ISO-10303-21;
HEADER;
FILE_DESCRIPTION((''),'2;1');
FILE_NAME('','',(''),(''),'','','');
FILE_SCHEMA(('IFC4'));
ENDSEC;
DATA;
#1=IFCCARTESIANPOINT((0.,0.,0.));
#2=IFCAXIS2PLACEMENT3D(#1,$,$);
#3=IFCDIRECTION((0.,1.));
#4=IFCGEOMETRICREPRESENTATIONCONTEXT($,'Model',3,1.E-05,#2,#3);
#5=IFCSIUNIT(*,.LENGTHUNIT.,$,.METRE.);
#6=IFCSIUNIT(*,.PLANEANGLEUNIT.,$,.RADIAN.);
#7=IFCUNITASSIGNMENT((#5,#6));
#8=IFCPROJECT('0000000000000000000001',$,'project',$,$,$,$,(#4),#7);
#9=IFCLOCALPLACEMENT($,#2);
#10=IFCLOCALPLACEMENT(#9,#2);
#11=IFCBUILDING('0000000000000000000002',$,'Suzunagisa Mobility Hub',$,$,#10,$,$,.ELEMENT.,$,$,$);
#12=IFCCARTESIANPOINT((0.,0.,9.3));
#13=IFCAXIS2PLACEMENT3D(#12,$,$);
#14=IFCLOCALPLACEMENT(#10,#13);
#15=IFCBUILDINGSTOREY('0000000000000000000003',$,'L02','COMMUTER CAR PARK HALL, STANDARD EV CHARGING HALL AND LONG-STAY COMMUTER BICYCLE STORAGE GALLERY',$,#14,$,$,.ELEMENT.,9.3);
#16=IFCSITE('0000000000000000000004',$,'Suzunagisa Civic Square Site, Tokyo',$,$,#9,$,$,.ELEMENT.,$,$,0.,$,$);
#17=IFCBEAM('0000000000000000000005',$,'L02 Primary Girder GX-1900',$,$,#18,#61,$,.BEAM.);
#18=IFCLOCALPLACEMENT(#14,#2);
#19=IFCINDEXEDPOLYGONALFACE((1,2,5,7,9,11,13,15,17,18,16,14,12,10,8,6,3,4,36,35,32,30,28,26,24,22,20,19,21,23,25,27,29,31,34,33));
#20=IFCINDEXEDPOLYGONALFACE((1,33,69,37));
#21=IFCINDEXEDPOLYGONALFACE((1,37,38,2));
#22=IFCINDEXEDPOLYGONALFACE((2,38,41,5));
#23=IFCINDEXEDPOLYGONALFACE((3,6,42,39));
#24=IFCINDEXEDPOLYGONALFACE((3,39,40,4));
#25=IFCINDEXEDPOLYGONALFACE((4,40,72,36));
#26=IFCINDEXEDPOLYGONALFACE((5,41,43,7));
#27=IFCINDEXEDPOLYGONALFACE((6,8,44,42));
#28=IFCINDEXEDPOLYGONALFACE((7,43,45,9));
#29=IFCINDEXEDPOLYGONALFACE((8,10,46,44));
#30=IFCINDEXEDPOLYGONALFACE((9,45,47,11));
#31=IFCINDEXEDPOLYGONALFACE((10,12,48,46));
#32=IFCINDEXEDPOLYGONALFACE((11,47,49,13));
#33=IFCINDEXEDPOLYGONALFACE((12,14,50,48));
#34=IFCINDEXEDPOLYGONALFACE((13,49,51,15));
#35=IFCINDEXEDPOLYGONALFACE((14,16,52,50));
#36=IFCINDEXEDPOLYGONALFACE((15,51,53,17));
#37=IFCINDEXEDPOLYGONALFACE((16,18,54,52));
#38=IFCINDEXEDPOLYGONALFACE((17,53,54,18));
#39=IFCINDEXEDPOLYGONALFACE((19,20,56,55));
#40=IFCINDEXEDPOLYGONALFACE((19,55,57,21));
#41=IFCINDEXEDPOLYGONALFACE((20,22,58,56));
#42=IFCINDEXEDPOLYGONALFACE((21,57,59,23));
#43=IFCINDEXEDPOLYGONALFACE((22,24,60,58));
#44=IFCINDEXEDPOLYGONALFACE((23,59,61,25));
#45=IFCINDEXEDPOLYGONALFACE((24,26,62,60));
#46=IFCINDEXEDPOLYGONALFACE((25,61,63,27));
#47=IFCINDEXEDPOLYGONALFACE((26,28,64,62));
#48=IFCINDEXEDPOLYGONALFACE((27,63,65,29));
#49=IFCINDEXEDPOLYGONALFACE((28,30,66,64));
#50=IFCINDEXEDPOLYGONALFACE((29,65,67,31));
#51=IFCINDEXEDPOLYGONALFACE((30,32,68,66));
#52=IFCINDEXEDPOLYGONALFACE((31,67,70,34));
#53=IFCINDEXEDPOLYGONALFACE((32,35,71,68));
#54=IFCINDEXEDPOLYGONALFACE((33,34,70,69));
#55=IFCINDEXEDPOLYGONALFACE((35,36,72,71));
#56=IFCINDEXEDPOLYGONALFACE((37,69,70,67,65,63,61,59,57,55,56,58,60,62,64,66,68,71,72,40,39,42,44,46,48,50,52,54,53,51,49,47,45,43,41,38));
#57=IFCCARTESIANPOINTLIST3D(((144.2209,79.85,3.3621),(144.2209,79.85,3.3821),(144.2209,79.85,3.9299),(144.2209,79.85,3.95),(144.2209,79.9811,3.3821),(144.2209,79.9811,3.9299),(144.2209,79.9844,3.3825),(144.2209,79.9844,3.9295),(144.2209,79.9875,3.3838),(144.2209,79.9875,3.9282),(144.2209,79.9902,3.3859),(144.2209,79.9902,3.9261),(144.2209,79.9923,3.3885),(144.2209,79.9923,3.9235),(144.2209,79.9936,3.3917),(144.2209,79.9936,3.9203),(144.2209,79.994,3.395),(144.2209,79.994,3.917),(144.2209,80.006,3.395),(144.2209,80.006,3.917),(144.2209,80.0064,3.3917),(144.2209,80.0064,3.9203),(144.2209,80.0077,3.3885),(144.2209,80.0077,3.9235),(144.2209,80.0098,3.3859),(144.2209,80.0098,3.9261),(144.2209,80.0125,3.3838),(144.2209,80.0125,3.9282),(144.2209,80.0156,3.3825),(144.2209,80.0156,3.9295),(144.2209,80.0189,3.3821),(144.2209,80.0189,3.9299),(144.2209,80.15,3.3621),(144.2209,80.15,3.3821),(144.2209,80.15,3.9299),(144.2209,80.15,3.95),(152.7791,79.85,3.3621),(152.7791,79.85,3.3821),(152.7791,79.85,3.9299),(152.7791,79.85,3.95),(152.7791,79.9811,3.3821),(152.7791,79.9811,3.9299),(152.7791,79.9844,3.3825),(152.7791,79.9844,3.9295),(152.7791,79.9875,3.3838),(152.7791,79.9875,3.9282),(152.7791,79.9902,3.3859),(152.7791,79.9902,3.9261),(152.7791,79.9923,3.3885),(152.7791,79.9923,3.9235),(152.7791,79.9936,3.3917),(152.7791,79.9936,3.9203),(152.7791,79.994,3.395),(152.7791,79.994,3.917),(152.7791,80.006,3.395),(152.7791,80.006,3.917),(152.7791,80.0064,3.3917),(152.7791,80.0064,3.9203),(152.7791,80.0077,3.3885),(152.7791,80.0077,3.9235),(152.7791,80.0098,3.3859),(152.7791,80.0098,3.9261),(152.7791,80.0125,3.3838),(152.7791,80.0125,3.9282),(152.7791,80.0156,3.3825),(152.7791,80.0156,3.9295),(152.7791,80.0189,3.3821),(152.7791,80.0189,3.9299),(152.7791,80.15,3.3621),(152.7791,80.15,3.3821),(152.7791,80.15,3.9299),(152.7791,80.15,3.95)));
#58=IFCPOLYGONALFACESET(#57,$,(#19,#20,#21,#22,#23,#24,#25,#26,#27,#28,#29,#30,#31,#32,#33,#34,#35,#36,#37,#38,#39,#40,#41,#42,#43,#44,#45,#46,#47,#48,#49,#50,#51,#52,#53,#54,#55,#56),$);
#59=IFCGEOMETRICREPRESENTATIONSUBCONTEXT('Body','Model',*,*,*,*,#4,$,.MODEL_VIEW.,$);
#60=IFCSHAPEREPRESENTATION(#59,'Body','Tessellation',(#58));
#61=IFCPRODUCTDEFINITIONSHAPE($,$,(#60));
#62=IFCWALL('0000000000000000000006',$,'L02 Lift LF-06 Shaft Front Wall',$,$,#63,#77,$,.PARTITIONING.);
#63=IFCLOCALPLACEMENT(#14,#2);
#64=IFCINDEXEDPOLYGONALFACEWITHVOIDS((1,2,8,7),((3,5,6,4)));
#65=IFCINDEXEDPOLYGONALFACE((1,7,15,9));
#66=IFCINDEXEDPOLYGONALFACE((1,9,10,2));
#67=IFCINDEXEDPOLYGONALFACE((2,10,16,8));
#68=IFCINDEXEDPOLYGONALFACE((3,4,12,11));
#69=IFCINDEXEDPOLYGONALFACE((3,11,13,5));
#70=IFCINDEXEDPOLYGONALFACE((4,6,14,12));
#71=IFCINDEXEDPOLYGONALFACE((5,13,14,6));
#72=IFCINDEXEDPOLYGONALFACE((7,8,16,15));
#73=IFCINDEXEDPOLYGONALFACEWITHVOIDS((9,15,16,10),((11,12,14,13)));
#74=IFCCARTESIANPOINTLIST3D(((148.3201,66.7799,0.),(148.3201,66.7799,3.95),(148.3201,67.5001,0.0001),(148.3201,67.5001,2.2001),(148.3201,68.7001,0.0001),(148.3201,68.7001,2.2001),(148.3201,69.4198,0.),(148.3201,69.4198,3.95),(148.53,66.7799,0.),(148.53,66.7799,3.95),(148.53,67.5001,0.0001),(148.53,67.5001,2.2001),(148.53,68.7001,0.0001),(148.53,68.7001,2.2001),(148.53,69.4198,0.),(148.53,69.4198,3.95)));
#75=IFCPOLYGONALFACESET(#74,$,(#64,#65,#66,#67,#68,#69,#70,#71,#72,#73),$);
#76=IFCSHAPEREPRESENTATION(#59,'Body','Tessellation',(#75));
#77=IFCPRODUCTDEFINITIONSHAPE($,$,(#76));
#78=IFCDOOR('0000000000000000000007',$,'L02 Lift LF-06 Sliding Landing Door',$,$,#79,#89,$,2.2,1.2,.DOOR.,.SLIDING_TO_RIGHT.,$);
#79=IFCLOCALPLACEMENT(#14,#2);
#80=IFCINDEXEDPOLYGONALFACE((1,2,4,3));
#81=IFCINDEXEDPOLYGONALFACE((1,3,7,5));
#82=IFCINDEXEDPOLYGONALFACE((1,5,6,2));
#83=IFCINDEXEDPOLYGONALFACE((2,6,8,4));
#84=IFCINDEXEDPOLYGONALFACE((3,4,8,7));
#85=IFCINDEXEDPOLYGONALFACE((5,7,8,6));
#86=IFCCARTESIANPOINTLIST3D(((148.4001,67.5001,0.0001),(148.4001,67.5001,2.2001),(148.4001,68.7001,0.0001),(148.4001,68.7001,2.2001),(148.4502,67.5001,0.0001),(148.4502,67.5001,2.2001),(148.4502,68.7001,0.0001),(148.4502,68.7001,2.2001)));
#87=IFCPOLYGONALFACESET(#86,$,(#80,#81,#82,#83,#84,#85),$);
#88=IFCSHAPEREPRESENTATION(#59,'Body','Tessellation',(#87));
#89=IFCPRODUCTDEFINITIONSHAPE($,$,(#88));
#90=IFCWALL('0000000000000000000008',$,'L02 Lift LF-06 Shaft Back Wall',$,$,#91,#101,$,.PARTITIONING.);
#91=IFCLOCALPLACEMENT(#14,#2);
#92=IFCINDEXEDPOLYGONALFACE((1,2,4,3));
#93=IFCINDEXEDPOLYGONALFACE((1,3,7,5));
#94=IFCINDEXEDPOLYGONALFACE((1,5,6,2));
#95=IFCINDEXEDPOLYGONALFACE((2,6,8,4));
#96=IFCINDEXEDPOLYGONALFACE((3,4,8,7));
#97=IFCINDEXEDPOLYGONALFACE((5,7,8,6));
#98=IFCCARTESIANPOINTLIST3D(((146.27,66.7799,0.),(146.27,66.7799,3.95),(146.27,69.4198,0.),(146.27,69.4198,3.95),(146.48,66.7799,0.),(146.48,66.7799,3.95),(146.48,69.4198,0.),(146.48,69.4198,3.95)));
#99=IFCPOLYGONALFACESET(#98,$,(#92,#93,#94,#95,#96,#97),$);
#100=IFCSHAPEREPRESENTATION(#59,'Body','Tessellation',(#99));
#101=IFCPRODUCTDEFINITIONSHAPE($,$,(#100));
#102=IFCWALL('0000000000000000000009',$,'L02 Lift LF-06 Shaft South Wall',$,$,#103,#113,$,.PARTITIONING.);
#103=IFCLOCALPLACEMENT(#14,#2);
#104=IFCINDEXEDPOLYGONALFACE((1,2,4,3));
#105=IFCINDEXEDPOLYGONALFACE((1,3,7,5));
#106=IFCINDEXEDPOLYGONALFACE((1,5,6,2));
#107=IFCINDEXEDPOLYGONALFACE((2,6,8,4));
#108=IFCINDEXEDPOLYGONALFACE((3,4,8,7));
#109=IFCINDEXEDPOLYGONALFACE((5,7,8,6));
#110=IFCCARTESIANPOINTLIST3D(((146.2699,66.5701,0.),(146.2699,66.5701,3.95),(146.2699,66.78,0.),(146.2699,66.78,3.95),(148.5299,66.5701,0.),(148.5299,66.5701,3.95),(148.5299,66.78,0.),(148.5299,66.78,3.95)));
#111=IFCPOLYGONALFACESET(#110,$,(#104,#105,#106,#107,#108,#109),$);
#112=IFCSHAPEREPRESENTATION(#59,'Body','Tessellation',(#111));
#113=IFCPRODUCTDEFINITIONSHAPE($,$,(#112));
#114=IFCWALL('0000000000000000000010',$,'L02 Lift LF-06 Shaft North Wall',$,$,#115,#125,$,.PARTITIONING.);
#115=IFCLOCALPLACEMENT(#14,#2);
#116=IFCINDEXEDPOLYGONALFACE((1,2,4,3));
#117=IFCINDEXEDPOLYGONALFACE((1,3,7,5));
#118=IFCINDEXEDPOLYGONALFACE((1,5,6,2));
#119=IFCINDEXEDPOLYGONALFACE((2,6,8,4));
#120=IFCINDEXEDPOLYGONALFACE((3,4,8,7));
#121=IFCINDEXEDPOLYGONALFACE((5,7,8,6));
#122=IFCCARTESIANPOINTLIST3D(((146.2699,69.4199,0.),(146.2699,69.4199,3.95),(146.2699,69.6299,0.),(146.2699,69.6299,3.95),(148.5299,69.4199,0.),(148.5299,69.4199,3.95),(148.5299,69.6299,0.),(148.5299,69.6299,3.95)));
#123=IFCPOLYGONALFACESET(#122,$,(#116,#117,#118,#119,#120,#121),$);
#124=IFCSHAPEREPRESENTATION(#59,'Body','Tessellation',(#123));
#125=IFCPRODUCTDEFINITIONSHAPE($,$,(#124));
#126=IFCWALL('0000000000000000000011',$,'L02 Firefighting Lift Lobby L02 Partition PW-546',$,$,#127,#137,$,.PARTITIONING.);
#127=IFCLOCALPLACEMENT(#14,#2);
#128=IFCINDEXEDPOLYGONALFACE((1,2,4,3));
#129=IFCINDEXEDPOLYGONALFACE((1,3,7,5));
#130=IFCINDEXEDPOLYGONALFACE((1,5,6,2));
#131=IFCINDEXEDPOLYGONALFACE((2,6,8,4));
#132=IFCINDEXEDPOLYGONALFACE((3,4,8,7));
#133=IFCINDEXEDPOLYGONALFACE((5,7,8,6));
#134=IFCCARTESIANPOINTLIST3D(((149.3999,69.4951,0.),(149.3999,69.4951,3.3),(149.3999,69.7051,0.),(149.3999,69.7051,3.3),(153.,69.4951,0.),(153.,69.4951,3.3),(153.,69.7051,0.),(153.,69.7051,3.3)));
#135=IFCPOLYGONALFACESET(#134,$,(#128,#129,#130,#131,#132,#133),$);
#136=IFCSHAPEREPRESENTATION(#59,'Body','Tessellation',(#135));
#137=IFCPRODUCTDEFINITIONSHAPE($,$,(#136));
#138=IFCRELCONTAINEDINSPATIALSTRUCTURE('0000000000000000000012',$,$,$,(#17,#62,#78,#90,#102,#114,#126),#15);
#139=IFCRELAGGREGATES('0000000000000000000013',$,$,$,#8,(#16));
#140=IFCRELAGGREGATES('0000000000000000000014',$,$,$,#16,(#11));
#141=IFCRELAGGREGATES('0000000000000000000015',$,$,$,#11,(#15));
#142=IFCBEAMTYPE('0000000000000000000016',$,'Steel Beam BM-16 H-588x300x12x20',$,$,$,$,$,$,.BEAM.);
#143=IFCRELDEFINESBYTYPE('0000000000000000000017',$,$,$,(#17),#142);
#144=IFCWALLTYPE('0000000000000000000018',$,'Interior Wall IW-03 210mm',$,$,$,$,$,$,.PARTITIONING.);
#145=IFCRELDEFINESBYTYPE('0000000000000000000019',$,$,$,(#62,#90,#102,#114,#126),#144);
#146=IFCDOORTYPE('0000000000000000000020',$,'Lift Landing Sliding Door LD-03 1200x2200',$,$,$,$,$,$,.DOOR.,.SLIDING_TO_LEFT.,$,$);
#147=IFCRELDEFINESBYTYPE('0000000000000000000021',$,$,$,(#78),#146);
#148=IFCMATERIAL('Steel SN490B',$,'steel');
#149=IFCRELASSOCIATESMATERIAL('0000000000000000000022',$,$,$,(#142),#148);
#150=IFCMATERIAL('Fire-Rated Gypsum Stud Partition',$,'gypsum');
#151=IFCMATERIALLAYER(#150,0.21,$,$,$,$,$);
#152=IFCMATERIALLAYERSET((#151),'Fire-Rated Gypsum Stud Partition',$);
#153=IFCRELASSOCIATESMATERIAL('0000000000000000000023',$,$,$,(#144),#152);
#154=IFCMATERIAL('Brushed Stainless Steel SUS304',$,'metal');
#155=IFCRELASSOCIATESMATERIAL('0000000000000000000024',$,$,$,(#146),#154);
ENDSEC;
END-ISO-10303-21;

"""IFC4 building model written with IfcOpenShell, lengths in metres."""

from ifc_helpers import new_model, si_unit, direction, frame, frame_2d, origin, origin_2d, place, context, subcontext, project, spatial, rectangle, i_section, extrude, material, layer, layer_set, material_profile, profile_set, type_object, element, fill, save


model = new_model("IFC4")

# Units and contexts
model_context = context("Model", 3, precision=1e-05, world=origin(), true_north=direction((0.0, 1.0)))
body_context = subcontext(model_context, "Body", "Model", "MODEL_VIEW")
ifc_project = project(units=[si_unit("LENGTHUNIT", "METRE"), si_unit("PLANEANGLEUNIT", "RADIAN")], contexts=[model_context])

# Site, building, storey
site_placement = place(None, origin())
site = spatial("IfcSite", under=ifc_project, at=site_placement, Name="Suzunagisa Civic Square Site, Tokyo", CompositionType="ELEMENT", RefElevation=0.0)
building_placement = place(site_placement, origin())
building = spatial("IfcBuilding", under=site, at=building_placement, Name="Suzunagisa Mobility Hub", CompositionType="ELEMENT")
storey_placement = place(building_placement, frame((0.0, 0.0, 9.3)))
storey = spatial("IfcBuildingStorey", under=building, at=storey_placement, Name="L02", Description="COMMUTER CAR PARK HALL, STANDARD EV CHARGING HALL AND LONG-STAY COMMUTER BICYCLE STORAGE GALLERY", CompositionType="ELEMENT", Elevation=9.3)

# Shared definitions
ifc_material_1 = material(Name="Steel SN490B", Category="steel")

# Beam
ifc_material_profile_1 = material_profile(ifc_material_1, i_section(OverallWidth=0.3, OverallDepth=0.5879, WebThickness=0.012, FlangeThickness=0.02, FilletRadius=0.0129, at=origin_2d()), Name="H-588x300x12x20")
ifc_profile_set_1 = profile_set([ifc_material_profile_1], Name="Steel SN490B")
beam_type_1 = type_object("IfcBeamType", Name="Steel Beam BM-16 H-588x300x12x20", PredefinedType="BEAM", material=ifc_profile_set_1)
for number, where, z_axis, x_axis, name in (
    (1, (144.2209, 80.0, 3.656), (1.0, 0.0, 0.0), (0.0, 1.0, 0.0), "L02 Primary Girder GX-1900"),
):
    element("IfcBeam", number, at=place(storey_placement, frame(where, z_axis=z_axis, x_axis=x_axis)), inside=storey, type_object=beam_type_1, Name=name, PredefinedType="BEAM", context=body_context, shape_type="SweptSolid", body=[
        extrude(i_section(OverallWidth=0.3, OverallDepth=0.5879, WebThickness=0.012, FlangeThickness=0.02, FilletRadius=0.0129, at=origin_2d()), origin(), (0.0, 0.0, 1.0), 8.5581),
    ])

# Wall, opening, door
ifc_material_2 = material(Name="Fire-Rated Gypsum Stud Partition", Category="gypsum")
ifc_layer = layer(ifc_material_2, 0.21)
ifc_layer_set = layer_set([ifc_layer], Name="Fire-Rated Gypsum Stud Partition")
wall_type = type_object("IfcWallType", Name="Interior Wall IW-03 210mm", PredefinedType="PARTITIONING", material=ifc_layer_set)
wall_1_placement = place(storey_placement, frame((148.425, 66.78, 0.0), z_axis=(0.0, 0.0, 1.0), x_axis=(0.0, 1.0, 0.0)))
wall_1 = element("IfcWall", 2, at=wall_1_placement, inside=storey, type_object=wall_type, Name="L02 Lift LF-06 Shaft Front Wall", PredefinedType="PARTITIONING", context=body_context, shape_type="SweptSolid", body=[
    extrude(rectangle(XDim=2.6399, YDim=0.21, at=frame_2d((1.3198, 0.0))), origin(), (0.0, 0.0, 1.0), 3.95),
])
opening_placement = place(wall_1_placement, frame((0.72, 0.0, 0.0)))
opening = element("IfcOpeningElement", 3, at=opening_placement, cuts=wall_1, PredefinedType="OPENING", context=body_context, shape_type="SweptSolid", body=[
    extrude(rectangle(XDim=1.2, YDim=2.2, at=frame_2d((0.6001, 1.1001))), frame((0.0, 0.116, 0.0), z_axis=(0.0, -1.0, 0.0), x_axis=(1.0, 0.0, 0.0)), (0.0, 0.0, 1.0), 0.2319),
])
ifc_material_3 = material(Name="Brushed Stainless Steel SUS304", Category="metal")
door_type = type_object("IfcDoorType", Name="Lift Landing Sliding Door LD-03 1200x2200", OperationType="SLIDING_TO_LEFT", PredefinedType="DOOR", material=ifc_material_3)
door_placement = place(opening_placement, origin())
door = element("IfcDoor", 4, at=door_placement, inside=storey, type_object=door_type, Name="L02 Lift LF-06 Sliding Landing Door", OperationType="SLIDING_TO_RIGHT", OverallHeight=2.2, OverallWidth=1.2, PredefinedType="DOOR", context=body_context, shape_type="SweptSolid", body=[
    extrude(rectangle(XDim=1.2, YDim=2.2, at=frame_2d((0.6001, 1.1001))), frame((0.0, 0.0249, 0.0), z_axis=(0.0, -1.0, 0.0), x_axis=(1.0, 0.0, 0.0)), (0.0, 0.0, 1.0), 0.05),
])
fill(opening, door)

# Walls
wall_2_placement = place(storey_placement, frame((146.375, 66.78, 0.0), z_axis=(0.0, 0.0, 1.0), x_axis=(0.0, 1.0, 0.0)))
element("IfcWall", 5, at=wall_2_placement, inside=storey, type_object=wall_type, Name="L02 Lift LF-06 Shaft Back Wall", PredefinedType="PARTITIONING", context=body_context, shape_type="SweptSolid", body=[
    extrude(rectangle(XDim=2.6399, YDim=0.21, at=frame_2d((1.3198, 0.0))), origin(), (0.0, 0.0, 1.0), 3.95),
])
for number, where, z_axis, x_axis, name in (
    (6, (146.27, 66.675, 0.0), (0.0, 0.0, 1.0), (1.0, 0.0, 0.0), "L02 Lift LF-06 Shaft South Wall"),
    (7, (146.27, 69.5249, 0.0), (0.0, 0.0, 1.0), (1.0, 0.0, 0.0), "L02 Lift LF-06 Shaft North Wall"),
):
    element("IfcWall", number, at=place(storey_placement, frame(where, z_axis=z_axis, x_axis=x_axis)), inside=storey, type_object=wall_type, Name=name, PredefinedType="PARTITIONING", context=body_context, shape_type="SweptSolid", body=[
        extrude(rectangle(XDim=2.26, YDim=0.21, at=frame_2d((1.1299, 0.0))), origin(), (0.0, 0.0, 1.0), 3.95),
    ])
wall_3_placement = place(storey_placement, frame((149.3999, 69.6001, 0.0), z_axis=(0.0, 0.0, 1.0), x_axis=(1.0, 0.0, 0.0)))
element("IfcWall", 8, at=wall_3_placement, inside=storey, type_object=wall_type, Name="L02 Firefighting Lift Lobby L02 Partition PW-546", PredefinedType="PARTITIONING", context=body_context, shape_type="SweptSolid", body=[
    extrude(rectangle(XDim=3.6001, YDim=0.21, at=frame_2d((1.8, 0.0))), origin(), (0.0, 0.0, 1.0), 3.3),
])

save(model, "model.ifc")
